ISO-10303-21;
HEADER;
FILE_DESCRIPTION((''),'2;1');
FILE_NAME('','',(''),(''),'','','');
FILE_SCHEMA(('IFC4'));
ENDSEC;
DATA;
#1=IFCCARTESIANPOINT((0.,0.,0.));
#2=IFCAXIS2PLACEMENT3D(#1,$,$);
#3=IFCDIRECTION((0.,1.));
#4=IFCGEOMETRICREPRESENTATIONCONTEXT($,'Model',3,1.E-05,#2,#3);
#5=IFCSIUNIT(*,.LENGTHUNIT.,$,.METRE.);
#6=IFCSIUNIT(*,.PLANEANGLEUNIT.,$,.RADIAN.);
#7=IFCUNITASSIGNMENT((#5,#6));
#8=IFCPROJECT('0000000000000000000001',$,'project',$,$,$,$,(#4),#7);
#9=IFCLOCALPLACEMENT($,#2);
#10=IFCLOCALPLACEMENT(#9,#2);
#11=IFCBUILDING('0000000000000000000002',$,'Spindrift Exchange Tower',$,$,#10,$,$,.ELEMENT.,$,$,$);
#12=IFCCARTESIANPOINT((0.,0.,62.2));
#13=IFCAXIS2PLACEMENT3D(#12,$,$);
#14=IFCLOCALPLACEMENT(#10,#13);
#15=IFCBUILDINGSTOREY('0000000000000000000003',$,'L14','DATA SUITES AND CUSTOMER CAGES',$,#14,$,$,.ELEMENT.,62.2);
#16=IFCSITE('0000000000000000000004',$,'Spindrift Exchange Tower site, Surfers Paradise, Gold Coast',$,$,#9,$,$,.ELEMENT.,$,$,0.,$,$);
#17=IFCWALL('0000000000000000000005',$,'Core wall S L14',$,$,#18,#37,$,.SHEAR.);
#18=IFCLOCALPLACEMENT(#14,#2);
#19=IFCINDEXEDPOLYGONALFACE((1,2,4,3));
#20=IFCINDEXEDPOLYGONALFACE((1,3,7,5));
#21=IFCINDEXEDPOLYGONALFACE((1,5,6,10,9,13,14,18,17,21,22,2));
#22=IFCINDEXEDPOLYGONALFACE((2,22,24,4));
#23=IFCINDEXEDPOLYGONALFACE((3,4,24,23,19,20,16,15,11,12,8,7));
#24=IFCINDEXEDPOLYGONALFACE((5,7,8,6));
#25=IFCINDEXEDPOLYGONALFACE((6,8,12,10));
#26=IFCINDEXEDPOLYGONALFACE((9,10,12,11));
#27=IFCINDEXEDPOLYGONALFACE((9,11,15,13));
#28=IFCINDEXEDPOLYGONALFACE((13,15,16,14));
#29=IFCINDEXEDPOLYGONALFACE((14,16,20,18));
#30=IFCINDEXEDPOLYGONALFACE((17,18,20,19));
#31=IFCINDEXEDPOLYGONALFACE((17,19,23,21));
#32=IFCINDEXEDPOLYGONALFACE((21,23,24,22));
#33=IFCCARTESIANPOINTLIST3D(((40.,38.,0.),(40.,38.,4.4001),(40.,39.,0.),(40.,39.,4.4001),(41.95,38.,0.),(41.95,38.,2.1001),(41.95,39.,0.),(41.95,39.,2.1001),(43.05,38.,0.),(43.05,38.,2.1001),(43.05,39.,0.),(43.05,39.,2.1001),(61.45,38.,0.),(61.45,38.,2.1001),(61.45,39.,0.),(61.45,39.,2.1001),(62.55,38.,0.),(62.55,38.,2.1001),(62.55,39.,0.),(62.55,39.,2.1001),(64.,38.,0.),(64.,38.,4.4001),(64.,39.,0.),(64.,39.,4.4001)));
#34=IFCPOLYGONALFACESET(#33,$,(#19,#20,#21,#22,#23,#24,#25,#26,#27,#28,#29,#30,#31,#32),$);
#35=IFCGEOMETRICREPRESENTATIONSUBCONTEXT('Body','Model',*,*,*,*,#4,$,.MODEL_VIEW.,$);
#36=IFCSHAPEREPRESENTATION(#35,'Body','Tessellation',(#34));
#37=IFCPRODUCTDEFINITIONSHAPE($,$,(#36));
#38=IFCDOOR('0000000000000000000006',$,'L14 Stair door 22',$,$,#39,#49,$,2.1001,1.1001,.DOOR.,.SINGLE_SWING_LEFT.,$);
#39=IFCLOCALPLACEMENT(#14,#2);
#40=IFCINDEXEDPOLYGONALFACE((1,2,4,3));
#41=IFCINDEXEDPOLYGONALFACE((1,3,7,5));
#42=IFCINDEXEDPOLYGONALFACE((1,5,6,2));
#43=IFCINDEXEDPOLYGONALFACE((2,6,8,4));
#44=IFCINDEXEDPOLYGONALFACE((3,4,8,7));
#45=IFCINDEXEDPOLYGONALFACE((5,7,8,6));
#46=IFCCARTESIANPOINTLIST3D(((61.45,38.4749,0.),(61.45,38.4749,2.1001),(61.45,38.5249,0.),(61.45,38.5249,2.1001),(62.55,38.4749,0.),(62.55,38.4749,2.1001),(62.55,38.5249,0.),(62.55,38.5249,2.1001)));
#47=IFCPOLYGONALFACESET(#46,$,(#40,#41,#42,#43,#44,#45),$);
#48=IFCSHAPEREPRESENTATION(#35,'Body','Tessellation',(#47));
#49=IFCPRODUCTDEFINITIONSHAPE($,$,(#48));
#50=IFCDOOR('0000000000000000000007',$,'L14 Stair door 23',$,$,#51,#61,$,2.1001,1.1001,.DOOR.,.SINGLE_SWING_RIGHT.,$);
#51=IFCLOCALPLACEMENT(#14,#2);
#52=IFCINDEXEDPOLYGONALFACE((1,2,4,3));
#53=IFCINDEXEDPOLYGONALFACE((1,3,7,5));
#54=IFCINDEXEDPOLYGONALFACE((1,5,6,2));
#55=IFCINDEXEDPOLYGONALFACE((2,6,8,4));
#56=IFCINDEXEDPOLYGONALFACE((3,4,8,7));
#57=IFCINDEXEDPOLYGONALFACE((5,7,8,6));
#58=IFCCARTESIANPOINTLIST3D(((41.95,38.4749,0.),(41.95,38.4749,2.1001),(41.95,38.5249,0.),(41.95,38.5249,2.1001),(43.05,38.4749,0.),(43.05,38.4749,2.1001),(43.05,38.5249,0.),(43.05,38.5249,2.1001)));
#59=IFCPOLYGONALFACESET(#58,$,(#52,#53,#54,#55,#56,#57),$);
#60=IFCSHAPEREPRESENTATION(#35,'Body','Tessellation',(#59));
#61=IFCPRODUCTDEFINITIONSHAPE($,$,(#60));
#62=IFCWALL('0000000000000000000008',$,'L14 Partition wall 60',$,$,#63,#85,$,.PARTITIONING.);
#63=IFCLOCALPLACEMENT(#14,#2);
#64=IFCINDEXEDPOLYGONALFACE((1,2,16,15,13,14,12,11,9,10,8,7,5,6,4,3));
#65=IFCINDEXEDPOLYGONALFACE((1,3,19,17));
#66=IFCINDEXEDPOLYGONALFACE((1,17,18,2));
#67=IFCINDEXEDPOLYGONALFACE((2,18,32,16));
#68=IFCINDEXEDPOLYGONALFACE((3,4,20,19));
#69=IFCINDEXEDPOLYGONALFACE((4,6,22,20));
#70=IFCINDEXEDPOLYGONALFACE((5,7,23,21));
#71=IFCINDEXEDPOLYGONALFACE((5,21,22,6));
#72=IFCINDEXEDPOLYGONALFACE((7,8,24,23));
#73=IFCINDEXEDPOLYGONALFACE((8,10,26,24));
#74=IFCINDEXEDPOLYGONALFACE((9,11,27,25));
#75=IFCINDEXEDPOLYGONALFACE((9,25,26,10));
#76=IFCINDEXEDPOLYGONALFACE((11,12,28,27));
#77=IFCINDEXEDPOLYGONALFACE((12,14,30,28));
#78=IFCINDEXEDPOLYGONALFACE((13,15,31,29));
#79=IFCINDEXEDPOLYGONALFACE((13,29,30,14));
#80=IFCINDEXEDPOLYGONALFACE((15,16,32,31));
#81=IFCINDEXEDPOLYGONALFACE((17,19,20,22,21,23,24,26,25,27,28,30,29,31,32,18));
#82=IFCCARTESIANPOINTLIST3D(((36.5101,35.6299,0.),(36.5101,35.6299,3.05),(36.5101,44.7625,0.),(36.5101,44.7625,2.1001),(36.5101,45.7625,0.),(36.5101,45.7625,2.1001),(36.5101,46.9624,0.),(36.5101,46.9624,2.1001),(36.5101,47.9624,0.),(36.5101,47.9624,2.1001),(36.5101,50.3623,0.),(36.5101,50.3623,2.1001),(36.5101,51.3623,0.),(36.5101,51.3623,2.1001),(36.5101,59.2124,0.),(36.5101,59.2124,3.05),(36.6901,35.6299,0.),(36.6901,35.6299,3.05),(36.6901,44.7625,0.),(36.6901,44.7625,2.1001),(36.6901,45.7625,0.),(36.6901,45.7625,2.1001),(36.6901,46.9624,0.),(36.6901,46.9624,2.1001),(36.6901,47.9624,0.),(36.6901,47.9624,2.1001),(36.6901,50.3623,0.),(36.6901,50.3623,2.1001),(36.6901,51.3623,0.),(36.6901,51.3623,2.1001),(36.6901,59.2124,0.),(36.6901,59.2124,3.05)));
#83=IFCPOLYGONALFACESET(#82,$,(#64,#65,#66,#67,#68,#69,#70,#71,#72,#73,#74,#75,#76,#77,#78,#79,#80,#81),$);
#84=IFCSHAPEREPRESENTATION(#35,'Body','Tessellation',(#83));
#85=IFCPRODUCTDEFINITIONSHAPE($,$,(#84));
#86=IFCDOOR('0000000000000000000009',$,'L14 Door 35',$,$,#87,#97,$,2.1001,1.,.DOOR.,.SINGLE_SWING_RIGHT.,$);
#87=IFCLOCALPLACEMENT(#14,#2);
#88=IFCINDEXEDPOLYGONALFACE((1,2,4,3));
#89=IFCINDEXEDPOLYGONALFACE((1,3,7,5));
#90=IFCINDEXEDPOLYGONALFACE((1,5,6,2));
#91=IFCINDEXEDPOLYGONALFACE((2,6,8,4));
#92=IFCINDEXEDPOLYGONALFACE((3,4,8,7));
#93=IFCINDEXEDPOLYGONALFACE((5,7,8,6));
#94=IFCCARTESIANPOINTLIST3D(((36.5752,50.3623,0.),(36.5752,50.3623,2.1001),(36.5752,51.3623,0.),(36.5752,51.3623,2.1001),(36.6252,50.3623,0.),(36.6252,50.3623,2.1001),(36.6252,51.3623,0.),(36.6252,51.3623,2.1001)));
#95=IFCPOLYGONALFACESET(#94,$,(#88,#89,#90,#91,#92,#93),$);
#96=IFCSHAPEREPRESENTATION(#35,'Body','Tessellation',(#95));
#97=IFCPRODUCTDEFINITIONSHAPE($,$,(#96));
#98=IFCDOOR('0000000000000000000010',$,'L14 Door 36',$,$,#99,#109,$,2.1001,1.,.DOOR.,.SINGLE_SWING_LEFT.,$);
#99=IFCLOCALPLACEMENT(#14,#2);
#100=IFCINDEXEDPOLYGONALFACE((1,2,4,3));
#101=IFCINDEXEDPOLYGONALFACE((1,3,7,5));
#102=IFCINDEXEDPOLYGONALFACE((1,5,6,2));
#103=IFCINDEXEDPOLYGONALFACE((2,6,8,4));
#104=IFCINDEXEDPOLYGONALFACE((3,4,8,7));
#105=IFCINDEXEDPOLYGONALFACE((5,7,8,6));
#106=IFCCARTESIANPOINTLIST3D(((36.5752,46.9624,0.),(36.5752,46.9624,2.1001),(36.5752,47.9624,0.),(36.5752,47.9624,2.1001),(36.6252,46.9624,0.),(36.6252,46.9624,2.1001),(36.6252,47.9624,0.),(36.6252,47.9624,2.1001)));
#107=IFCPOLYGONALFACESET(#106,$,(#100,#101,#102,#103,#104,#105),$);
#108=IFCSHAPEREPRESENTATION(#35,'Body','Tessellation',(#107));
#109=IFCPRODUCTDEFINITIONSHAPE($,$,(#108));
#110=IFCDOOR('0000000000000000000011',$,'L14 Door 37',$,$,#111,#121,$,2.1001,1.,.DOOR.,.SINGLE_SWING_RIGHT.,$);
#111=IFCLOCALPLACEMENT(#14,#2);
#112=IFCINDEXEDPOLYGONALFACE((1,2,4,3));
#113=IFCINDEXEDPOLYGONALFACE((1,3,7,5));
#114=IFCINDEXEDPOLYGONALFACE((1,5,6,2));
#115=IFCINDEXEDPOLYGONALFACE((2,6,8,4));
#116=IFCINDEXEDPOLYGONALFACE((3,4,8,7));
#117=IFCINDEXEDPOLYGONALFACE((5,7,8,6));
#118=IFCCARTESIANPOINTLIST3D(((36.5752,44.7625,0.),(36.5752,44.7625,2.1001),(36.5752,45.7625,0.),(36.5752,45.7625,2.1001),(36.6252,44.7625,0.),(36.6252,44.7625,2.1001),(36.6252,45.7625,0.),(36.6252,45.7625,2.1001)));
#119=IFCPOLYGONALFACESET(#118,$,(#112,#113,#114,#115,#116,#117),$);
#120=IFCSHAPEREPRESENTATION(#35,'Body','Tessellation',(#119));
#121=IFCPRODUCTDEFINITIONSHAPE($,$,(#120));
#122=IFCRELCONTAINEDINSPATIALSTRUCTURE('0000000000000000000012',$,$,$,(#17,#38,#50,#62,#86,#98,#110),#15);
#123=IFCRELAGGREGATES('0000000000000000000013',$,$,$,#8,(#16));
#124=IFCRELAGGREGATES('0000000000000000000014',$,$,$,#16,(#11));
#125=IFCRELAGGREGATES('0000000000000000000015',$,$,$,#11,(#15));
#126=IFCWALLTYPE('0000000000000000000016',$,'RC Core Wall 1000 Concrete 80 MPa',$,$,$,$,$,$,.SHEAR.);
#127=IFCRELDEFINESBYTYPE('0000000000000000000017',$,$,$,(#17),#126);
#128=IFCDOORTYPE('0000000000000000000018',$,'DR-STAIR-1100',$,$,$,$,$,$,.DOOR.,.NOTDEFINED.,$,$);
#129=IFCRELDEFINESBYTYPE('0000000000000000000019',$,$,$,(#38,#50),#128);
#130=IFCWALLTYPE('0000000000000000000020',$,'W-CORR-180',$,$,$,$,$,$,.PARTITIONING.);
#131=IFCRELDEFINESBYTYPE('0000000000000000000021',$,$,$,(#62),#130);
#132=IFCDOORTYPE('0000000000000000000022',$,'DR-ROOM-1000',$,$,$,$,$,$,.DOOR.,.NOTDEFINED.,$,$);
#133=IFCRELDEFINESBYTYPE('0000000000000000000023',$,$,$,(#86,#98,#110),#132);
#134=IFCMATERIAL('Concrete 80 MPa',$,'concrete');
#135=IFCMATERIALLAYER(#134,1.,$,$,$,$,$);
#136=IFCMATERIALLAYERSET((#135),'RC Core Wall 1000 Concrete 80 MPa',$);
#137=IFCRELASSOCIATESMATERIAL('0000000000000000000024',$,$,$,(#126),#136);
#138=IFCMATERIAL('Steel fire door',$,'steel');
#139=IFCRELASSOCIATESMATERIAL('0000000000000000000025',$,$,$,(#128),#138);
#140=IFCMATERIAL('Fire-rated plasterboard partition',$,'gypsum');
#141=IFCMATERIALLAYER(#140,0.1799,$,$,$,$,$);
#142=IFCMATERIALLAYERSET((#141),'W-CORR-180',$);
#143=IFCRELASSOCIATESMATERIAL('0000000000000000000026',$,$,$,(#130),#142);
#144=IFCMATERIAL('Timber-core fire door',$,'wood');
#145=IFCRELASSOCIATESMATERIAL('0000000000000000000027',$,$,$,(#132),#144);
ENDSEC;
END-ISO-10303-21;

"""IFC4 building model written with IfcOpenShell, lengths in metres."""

from ifc_helpers import new_model, si_unit, direction, frame, frame_2d, origin, place, context, subcontext, project, spatial, rectangle, extrude, source, transform, mapped, material, layer, layer_set, type_object, element, fill, save


model = new_model("IFC4")

# Units and contexts
model_context = context("Model", 3, precision=1e-05, world=origin(), true_north=direction((0.0, 1.0)))
body_context = subcontext(model_context, "Body", "Model", "MODEL_VIEW")
ifc_project = project(units=[si_unit("LENGTHUNIT", "METRE"), si_unit("PLANEANGLEUNIT", "RADIAN")], contexts=[model_context])

# Site, building, storey
site_placement = place(None, origin())
site = spatial("IfcSite", under=ifc_project, at=site_placement, Name="Spindrift Exchange Tower site, Surfers Paradise, Gold Coast", CompositionType="ELEMENT", RefElevation=0.0)
building_placement = place(site_placement, origin())
building = spatial("IfcBuilding", under=site, at=building_placement, Name="Spindrift Exchange Tower", CompositionType="ELEMENT")
storey_placement = place(building_placement, frame((0.0, 0.0, 62.2)))
storey = spatial("IfcBuildingStorey", under=building, at=storey_placement, Name="L14", Description="DATA SUITES AND CUSTOMER CAGES", CompositionType="ELEMENT", Elevation=62.2)

# Walls, openings, doors
ifc_material_1 = material(Name="Concrete 80 MPa", Category="concrete")
ifc_layer_1 = layer(ifc_material_1, 1.0)
ifc_layer_set_1 = layer_set([ifc_layer_1], Name="RC Core Wall 1000 Concrete 80 MPa")
wall_type_1 = type_object("IfcWallType", Name="RC Core Wall 1000 Concrete 80 MPa", PredefinedType="SHEAR", material=ifc_layer_set_1)
wall_1_placement = place(storey_placement, frame((40.0, 38.5, 0.0), z_axis=(0.0, 0.0, 1.0), x_axis=(1.0, 0.0, 0.0)))
wall_1 = element("IfcWall", 1, at=wall_1_placement, inside=storey, type_object=wall_type_1, Name="Core wall S L14", PredefinedType="SHEAR", context=body_context, shape_type="SweptSolid", body=[
    extrude(rectangle(XDim=24.0, YDim=1.0, at=frame_2d((12.0, 0.0))), origin(), (0.0, 0.0, 1.0), 4.4001),
])
opening_1_placement = place(wall_1_placement, frame((21.45, 0.0, 0.0)))
opening_1 = element("IfcOpeningElement", 2, at=opening_1_placement, cuts=wall_1, PredefinedType="OPENING", context=body_context, shape_type="SweptSolid", body=[
    extrude(rectangle(XDim=1.1001, YDim=2.1001, at=frame_2d((0.55, 1.05))), frame((0.0, 0.51, 0.0), z_axis=(0.0, -1.0, 0.0), x_axis=(1.0, 0.0, 0.0)), (0.0, 0.0, 1.0), 1.02),
])
opening_2_placement = place(wall_1_placement, frame((1.95, 0.0, 0.0)))
opening_2 = element("IfcOpeningElement", 3, at=opening_2_placement, cuts=wall_1, PredefinedType="OPENING", context=body_context, shape_type="SweptSolid", body=[
    extrude(rectangle(XDim=1.1001, YDim=2.1001, at=frame_2d((0.55, 1.05))), frame((0.0, 0.51, 0.0), z_axis=(0.0, -1.0, 0.0), x_axis=(1.0, 0.0, 0.0)), (0.0, 0.0, 1.0), 1.02),
])
ifc_material_2 = material(Name="Steel fire door", Category="steel")
door_type_1 = type_object("IfcDoorType", Name="DR-STAIR-1100", OperationType="NOTDEFINED", PredefinedType="DOOR", material=ifc_material_2)
shared_shape_1 = source(origin(), body_context, "Body", "SweptSolid", [
    extrude(rectangle(XDim=1.1001, YDim=2.1001, at=frame_2d((0.55, 1.05))), frame((0.0, 0.0249, 0.0), z_axis=(0.0, -1.0, 0.0), x_axis=(1.0, 0.0, 0.0)), (0.0, 0.0, 1.0), 0.05),
])
door_1_placement = place(opening_1_placement, origin())
door_1 = element("IfcDoor", 4, at=door_1_placement, inside=storey, type_object=door_type_1, Name="L14 Stair door 22", OperationType="SINGLE_SWING_LEFT", OverallHeight=2.1001, OverallWidth=1.1001, PredefinedType="DOOR", context=body_context, shape_type="MappedRepresentation", body=[
    mapped(shared_shape_1, transform((0.0, 0.0, 0.0), scale=1.0)),
])
fill(opening_1, door_1)
door_2_placement = place(opening_2_placement, origin())
door_2 = element("IfcDoor", 5, at=door_2_placement, inside=storey, type_object=door_type_1, Name="L14 Stair door 23", OperationType="SINGLE_SWING_RIGHT", OverallHeight=2.1001, OverallWidth=1.1001, PredefinedType="DOOR", context=body_context, shape_type="MappedRepresentation", body=[
    mapped(shared_shape_1, transform((0.0, 0.0, 0.0), scale=1.0)),
])
fill(opening_2, door_2)
ifc_material_3 = material(Name="Fire-rated plasterboard partition", Category="gypsum")
ifc_layer_2 = layer(ifc_material_3, 0.1799)
ifc_layer_set_2 = layer_set([ifc_layer_2], Name="W-CORR-180")
wall_type_2 = type_object("IfcWallType", Name="W-CORR-180", PredefinedType="PARTITIONING", material=ifc_layer_set_2)
wall_2_placement = place(storey_placement, frame((36.6001, 35.6299, 0.0), z_axis=(0.0, 0.0, 1.0), x_axis=(0.0, 1.0, 0.0)))
wall_2 = element("IfcWall", 6, at=wall_2_placement, inside=storey, type_object=wall_type_2, Name="L14 Partition wall 60", PredefinedType="PARTITIONING", context=body_context, shape_type="SweptSolid", body=[
    extrude(rectangle(XDim=23.5825, YDim=0.1799, at=frame_2d((11.7913, 0.0))), origin(), (0.0, 0.0, 1.0), 3.05),
])
opening_3_placement = place(wall_2_placement, frame((14.7324, 0.0, 0.0)))
opening_3 = element("IfcOpeningElement", 7, at=opening_3_placement, cuts=wall_2, PredefinedType="OPENING", context=body_context, shape_type="SweptSolid", body=[
    extrude(rectangle(XDim=1.0, YDim=2.1001, at=frame_2d((0.5, 1.05))), frame((0.0, 0.0999, 0.0), z_axis=(0.0, -1.0, 0.0), x_axis=(1.0, 0.0, 0.0)), (0.0, 0.0, 1.0), 0.2),
])
opening_4_placement = place(wall_2_placement, frame((11.3325, 0.0, 0.0)))
opening_4 = element("IfcOpeningElement", 8, at=opening_4_placement, cuts=wall_2, PredefinedType="OPENING", context=body_context, shape_type="SweptSolid", body=[
    extrude(rectangle(XDim=1.0, YDim=2.1001, at=frame_2d((0.5, 1.05))), frame((0.0, 0.0999, 0.0), z_axis=(0.0, -1.0, 0.0), x_axis=(1.0, 0.0, 0.0)), (0.0, 0.0, 1.0), 0.2),
])
opening_5_placement = place(wall_2_placement, frame((9.1326, 0.0, 0.0)))
opening_5 = element("IfcOpeningElement", 9, at=opening_5_placement, cuts=wall_2, PredefinedType="OPENING", context=body_context, shape_type="SweptSolid", body=[
    extrude(rectangle(XDim=1.0, YDim=2.1001, at=frame_2d((0.5, 1.05))), frame((0.0, 0.0999, 0.0), z_axis=(0.0, -1.0, 0.0), x_axis=(1.0, 0.0, 0.0)), (0.0, 0.0, 1.0), 0.2),
])
ifc_material_4 = material(Name="Timber-core fire door", Category="wood")
door_type_2 = type_object("IfcDoorType", Name="DR-ROOM-1000", OperationType="NOTDEFINED", PredefinedType="DOOR", material=ifc_material_4)
shared_shape_2 = source(origin(), body_context, "Body", "SweptSolid", [
    extrude(rectangle(XDim=1.0, YDim=2.1001, at=frame_2d((0.5, 1.05))), frame((0.0, 0.0249, 0.0), z_axis=(0.0, -1.0, 0.0), x_axis=(1.0, 0.0, 0.0)), (0.0, 0.0, 1.0), 0.05),
])
door_3_placement = place(opening_3_placement, origin())
door_3 = element("IfcDoor", 10, at=door_3_placement, inside=storey, type_object=door_type_2, Name="L14 Door 35", OperationType="SINGLE_SWING_RIGHT", OverallHeight=2.1001, OverallWidth=1.0, PredefinedType="DOOR", context=body_context, shape_type="MappedRepresentation", body=[
    mapped(shared_shape_2, transform((0.0, 0.0, 0.0), scale=1.0)),
])
fill(opening_3, door_3)
door_4_placement = place(opening_4_placement, origin())
door_4 = element("IfcDoor", 11, at=door_4_placement, inside=storey, type_object=door_type_2, Name="L14 Door 36", OperationType="SINGLE_SWING_LEFT", OverallHeight=2.1001, OverallWidth=1.0, PredefinedType="DOOR", context=body_context, shape_type="MappedRepresentation", body=[
    mapped(shared_shape_2, transform((0.0, 0.0, 0.0), scale=1.0)),
])
fill(opening_4, door_4)
door_5_placement = place(opening_5_placement, origin())
door_5 = element("IfcDoor", 12, at=door_5_placement, inside=storey, type_object=door_type_2, Name="L14 Door 37", OperationType="SINGLE_SWING_RIGHT", OverallHeight=2.1001, OverallWidth=1.0, PredefinedType="DOOR", context=body_context, shape_type="MappedRepresentation", body=[
    mapped(shared_shape_2, transform((0.0, 0.0, 0.0), scale=1.0)),
])
fill(opening_5, door_5)

save(model, "model.ifc")
